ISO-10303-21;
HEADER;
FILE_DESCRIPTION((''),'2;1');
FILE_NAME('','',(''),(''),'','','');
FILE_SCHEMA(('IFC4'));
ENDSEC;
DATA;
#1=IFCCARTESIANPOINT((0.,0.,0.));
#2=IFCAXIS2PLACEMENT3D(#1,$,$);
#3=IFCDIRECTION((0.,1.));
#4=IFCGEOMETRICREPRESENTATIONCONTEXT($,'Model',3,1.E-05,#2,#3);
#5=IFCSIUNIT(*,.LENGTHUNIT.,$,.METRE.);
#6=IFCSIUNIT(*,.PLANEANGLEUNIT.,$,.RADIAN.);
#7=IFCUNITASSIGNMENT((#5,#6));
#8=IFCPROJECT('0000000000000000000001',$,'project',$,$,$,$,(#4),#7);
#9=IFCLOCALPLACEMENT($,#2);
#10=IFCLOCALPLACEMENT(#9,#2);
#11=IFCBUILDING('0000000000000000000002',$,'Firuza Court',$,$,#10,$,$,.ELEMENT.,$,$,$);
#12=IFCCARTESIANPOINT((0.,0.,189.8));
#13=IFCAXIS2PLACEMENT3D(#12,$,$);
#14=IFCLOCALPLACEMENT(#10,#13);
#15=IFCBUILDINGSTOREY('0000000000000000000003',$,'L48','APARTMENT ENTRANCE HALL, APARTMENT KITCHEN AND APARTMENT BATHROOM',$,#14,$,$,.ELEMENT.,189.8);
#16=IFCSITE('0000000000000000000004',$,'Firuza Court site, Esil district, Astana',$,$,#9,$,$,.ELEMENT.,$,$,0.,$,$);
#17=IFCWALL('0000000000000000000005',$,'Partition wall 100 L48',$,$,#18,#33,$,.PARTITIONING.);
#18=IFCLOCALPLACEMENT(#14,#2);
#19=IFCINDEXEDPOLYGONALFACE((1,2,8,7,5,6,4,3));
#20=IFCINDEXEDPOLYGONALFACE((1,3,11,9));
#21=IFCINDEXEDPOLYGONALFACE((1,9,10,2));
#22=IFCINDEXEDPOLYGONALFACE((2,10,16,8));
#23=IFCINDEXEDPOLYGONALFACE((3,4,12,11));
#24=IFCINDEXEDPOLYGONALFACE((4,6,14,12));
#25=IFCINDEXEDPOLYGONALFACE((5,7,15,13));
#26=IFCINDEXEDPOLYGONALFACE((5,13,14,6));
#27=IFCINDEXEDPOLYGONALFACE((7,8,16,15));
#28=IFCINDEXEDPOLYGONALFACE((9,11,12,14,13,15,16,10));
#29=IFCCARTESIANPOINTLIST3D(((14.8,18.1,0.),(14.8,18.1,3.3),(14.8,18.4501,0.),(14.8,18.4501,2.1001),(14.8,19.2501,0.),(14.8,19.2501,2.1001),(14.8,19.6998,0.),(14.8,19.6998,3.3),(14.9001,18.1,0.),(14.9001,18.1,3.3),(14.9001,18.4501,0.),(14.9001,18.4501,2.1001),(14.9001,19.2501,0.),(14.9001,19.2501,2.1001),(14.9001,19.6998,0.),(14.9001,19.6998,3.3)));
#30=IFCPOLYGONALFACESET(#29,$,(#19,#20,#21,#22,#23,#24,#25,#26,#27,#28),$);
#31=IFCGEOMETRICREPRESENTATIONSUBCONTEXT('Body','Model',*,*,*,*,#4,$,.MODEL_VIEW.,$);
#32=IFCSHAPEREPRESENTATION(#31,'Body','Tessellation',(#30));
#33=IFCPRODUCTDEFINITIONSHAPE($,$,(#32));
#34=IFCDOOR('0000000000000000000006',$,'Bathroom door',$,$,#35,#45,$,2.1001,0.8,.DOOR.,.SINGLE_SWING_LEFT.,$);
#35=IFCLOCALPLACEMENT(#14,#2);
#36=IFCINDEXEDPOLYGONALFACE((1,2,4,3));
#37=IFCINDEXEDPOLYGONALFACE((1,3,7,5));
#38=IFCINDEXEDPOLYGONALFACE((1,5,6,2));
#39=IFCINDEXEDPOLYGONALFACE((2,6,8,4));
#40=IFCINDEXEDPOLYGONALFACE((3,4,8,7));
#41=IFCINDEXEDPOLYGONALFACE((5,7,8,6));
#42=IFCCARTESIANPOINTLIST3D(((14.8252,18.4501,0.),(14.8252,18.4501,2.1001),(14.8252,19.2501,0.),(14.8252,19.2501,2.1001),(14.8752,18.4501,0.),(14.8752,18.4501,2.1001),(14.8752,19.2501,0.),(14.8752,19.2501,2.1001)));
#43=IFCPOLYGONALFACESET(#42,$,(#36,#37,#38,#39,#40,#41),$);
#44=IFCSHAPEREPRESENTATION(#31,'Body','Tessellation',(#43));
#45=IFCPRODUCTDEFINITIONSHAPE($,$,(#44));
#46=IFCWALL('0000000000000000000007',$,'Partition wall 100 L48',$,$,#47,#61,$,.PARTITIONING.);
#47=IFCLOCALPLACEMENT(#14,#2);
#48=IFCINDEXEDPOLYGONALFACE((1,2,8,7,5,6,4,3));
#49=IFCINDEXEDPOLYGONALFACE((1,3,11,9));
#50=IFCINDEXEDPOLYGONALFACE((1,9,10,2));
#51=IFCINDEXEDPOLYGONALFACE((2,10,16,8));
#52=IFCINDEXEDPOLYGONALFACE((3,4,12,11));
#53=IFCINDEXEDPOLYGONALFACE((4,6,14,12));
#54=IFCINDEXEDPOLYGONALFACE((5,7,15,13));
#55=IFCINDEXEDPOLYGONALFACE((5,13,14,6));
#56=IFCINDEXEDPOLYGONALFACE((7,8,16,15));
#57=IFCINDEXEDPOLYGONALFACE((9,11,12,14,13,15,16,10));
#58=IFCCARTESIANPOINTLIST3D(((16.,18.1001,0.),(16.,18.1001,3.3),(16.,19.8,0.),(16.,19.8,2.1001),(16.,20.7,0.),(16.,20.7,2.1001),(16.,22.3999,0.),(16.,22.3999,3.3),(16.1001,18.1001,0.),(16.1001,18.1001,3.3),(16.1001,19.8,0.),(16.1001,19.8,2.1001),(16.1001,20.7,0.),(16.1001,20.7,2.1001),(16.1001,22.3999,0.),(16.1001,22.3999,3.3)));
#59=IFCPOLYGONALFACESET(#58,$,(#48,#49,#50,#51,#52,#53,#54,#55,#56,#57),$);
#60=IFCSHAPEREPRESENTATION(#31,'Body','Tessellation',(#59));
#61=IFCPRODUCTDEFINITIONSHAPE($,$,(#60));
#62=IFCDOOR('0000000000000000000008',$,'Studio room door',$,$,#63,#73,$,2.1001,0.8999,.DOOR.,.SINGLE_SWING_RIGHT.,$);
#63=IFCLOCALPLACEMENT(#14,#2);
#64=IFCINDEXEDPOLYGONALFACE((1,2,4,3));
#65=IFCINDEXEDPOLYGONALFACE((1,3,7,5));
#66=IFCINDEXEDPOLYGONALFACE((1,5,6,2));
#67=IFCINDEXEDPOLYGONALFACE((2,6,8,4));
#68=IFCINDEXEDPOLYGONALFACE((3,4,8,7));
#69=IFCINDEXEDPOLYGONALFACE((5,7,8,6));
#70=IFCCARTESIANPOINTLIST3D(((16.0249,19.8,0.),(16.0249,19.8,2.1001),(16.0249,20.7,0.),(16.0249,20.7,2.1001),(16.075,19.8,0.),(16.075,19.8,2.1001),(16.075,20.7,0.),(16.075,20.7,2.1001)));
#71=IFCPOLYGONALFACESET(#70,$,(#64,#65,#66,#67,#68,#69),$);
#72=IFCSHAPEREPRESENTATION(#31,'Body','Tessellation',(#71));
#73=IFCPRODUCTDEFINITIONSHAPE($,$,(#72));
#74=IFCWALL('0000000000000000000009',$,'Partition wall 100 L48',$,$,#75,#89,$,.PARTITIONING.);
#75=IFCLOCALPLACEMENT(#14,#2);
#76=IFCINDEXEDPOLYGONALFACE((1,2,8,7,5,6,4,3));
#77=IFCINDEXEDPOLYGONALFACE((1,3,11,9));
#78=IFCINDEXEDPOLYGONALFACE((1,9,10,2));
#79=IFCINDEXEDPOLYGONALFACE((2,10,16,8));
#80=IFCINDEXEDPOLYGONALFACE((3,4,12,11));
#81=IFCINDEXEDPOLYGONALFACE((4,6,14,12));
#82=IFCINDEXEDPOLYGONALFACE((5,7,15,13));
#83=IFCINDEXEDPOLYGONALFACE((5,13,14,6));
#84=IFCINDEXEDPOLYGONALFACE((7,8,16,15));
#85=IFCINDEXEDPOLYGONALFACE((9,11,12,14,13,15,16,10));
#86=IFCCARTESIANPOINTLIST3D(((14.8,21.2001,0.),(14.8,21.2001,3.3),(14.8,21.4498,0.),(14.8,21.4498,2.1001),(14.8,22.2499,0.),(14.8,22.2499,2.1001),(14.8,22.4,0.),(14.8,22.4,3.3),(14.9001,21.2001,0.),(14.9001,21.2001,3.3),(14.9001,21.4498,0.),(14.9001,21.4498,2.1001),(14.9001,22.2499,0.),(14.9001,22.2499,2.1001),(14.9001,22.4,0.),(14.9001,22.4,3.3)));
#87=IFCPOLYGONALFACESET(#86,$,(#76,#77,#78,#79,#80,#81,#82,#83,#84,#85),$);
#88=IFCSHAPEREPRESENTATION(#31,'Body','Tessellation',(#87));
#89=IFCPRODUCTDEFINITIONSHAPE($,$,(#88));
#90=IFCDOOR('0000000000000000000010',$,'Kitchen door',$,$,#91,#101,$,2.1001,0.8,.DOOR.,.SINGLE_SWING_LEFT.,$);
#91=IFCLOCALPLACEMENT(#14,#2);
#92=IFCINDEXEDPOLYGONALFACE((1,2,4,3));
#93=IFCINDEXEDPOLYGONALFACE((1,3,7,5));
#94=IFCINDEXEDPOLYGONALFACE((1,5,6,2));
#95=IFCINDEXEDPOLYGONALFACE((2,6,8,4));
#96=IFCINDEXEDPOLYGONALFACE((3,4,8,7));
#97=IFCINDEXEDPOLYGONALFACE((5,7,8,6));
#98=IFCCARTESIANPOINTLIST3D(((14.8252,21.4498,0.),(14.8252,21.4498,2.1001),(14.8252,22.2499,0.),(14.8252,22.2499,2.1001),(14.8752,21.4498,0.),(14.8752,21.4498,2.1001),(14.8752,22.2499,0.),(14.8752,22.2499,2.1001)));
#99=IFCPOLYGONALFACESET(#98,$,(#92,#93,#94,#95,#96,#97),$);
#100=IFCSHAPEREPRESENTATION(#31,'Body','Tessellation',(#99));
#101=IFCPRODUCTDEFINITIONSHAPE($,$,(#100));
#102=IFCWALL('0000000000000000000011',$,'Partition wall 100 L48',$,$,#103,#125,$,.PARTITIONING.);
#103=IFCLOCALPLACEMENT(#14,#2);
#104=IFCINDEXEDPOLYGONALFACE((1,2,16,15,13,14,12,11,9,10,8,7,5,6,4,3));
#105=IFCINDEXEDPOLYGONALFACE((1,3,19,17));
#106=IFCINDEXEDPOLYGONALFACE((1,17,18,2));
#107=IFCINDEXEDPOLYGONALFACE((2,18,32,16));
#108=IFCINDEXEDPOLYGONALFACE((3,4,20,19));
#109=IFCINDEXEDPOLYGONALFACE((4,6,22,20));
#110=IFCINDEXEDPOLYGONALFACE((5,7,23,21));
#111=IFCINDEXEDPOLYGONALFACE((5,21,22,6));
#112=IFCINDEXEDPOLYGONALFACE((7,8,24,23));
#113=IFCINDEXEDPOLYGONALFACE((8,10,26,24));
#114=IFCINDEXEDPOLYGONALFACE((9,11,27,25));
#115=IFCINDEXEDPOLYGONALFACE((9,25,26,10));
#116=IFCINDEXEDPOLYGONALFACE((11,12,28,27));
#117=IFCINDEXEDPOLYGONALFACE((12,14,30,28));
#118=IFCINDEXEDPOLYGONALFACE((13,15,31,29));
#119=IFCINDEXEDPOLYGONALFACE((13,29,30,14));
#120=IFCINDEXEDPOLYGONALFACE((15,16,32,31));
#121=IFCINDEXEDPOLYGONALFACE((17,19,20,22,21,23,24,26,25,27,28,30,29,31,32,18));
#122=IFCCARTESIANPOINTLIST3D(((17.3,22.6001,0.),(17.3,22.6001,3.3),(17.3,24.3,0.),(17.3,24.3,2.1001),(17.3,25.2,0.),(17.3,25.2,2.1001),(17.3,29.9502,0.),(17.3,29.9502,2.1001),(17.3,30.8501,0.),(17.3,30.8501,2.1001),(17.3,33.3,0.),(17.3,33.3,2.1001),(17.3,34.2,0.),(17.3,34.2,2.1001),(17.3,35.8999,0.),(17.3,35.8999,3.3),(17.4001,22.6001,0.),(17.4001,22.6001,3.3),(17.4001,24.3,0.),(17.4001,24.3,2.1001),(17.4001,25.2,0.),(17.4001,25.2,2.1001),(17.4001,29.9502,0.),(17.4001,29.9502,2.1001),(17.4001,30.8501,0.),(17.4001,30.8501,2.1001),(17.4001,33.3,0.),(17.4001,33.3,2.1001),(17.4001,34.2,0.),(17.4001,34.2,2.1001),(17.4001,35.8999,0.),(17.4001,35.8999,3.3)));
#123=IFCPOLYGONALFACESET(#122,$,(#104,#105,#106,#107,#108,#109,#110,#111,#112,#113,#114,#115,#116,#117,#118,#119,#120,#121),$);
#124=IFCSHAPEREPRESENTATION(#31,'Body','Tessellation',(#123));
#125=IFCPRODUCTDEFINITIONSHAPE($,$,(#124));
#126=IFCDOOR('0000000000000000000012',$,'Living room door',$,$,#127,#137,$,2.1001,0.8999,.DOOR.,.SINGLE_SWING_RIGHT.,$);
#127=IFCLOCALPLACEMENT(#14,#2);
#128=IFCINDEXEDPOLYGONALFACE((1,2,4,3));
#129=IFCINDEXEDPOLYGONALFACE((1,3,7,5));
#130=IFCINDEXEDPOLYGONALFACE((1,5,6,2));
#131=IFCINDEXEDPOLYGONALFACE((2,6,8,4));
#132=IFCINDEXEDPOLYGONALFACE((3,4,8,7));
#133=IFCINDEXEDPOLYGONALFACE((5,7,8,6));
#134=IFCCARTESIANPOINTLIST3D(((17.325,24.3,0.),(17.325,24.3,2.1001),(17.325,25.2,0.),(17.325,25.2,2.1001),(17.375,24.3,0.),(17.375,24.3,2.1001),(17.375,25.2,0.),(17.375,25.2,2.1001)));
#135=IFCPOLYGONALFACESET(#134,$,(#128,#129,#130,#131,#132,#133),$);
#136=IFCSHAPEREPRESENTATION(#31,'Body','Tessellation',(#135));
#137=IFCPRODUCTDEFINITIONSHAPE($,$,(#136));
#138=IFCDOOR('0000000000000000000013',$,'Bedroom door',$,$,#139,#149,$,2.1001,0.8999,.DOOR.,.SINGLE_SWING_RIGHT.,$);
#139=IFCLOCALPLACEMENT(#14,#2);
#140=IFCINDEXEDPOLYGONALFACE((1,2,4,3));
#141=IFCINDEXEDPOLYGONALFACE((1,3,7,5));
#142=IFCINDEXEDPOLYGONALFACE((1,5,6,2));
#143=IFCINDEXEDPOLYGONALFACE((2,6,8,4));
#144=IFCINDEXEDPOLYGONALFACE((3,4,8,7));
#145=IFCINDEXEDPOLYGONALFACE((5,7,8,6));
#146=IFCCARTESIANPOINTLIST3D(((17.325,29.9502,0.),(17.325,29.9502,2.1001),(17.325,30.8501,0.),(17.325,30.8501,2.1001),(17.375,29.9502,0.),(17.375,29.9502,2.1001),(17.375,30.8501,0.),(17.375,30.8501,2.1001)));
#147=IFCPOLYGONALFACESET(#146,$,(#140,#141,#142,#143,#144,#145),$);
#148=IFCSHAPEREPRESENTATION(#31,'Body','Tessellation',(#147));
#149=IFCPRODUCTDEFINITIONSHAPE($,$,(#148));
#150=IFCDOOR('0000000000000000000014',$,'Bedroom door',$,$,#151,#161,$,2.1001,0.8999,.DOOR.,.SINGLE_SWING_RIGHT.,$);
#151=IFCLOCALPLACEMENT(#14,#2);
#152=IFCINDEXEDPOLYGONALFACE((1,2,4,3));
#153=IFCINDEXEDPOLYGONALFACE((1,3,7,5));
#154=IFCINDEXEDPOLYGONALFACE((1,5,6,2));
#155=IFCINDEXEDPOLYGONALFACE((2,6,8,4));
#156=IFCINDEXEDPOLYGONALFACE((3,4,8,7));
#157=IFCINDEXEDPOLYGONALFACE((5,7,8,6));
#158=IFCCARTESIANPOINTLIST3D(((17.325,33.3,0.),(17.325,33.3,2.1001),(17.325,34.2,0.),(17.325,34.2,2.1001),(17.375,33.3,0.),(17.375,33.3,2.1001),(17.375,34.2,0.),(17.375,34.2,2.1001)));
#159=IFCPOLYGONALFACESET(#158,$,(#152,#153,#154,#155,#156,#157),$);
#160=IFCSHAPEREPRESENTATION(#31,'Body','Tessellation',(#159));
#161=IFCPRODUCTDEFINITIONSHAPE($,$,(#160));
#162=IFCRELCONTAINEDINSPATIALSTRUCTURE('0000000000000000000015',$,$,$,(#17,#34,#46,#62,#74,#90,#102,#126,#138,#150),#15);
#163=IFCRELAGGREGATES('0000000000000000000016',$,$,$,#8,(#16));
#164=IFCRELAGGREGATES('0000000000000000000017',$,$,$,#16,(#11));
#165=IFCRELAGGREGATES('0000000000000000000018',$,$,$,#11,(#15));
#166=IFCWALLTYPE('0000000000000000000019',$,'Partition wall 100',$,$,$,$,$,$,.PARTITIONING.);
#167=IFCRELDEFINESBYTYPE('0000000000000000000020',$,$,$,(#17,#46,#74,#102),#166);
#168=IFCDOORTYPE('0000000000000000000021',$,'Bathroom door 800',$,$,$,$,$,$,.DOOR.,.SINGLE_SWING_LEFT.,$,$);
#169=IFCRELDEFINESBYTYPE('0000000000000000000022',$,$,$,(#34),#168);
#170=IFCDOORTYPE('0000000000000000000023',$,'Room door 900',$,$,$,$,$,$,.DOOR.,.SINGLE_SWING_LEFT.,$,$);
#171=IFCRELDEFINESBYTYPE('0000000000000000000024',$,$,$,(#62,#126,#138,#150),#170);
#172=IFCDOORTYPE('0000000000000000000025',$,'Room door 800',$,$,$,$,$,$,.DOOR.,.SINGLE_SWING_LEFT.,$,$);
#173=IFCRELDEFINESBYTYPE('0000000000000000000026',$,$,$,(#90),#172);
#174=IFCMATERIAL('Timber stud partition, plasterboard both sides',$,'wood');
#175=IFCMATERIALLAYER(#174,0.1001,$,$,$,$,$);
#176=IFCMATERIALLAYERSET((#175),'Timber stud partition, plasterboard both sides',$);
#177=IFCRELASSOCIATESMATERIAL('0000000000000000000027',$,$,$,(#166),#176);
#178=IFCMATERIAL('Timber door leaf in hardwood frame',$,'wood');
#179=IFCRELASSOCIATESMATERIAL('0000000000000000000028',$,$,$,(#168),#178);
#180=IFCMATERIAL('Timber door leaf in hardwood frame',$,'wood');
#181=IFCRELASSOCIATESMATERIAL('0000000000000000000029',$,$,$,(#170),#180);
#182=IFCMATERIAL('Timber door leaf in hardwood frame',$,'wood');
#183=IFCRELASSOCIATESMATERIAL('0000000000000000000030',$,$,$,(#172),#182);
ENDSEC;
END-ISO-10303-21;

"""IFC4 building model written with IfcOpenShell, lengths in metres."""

from ifc_helpers import new_model, si_unit, direction, frame, frame_2d, origin, place, context, subcontext, project, spatial, rectangle, extrude, material, layer, layer_set, type_object, element, fill, save


model = new_model("IFC4")

# Units and contexts
model_context = context("Model", 3, precision=1e-05, world=origin(), true_north=direction((0.0, 1.0)))
body_context = subcontext(model_context, "Body", "Model", "MODEL_VIEW")
ifc_project = project(units=[si_unit("LENGTHUNIT", "METRE"), si_unit("PLANEANGLEUNIT", "RADIAN")], contexts=[model_context])

# Site, building, storey
site_placement = place(None, origin())
site = spatial("IfcSite", under=ifc_project, at=site_placement, Name="Firuza Court site, Esil district, Astana", CompositionType="ELEMENT", RefElevation=0.0)
building_placement = place(site_placement, origin())
building = spatial("IfcBuilding", under=site, at=building_placement, Name="Firuza Court", CompositionType="ELEMENT")
storey_placement = place(building_placement, frame((0.0, 0.0, 189.8)))
storey = spatial("IfcBuildingStorey", under=building, at=storey_placement, Name="L48", Description="APARTMENT ENTRANCE HALL, APARTMENT KITCHEN AND APARTMENT BATHROOM", CompositionType="ELEMENT", Elevation=189.8)

# Walls, openings, doors
ifc_material_1 = material(Name="Timber stud partition, plasterboard both sides", Category="wood")
ifc_layer_1 = layer(ifc_material_1, 0.1001)
ifc_layer_set_1 = layer_set([ifc_layer_1], Name="Timber stud partition, plasterboard both sides")
wall_type_1 = type_object("IfcWallType", Name="Partition wall 100", PredefinedType="PARTITIONING", material=ifc_layer_set_1)
wall_1_placement = place(storey_placement, frame((14.8501, 18.1001, 0.0), z_axis=(0.0, 0.0, 1.0), x_axis=(0.0, 1.0, 0.0)))
wall_1 = element("IfcWall", 1, at=wall_1_placement, inside=storey, type_object=wall_type_1, Name="Partition wall 100 L48", PredefinedType="PARTITIONING", context=body_context, shape_type="SweptSolid", body=[
    extrude(rectangle(XDim=1.5999, YDim=0.1001, at=frame_2d((0.7998, 0.0))), origin(), (0.0, 0.0, 1.0), 3.3),
])
opening_1_placement = place(wall_1_placement, frame((0.3501, 0.0, 0.0)))
opening_1 = element("IfcOpeningElement", 2, at=opening_1_placement, cuts=wall_1, PredefinedType="OPENING", context=body_context, shape_type="SweptSolid", body=[
    extrude(rectangle(XDim=0.8, YDim=2.1001, at=frame_2d((0.3999, 1.05))), frame((0.0, 0.062, 0.0), z_axis=(0.0, -1.0, 0.0), x_axis=(1.0, 0.0, 0.0)), (0.0, 0.0, 1.0), 0.124),
])
ifc_material_2 = material(Name="Timber door leaf in hardwood frame", Category="wood")
door_type_1 = type_object("IfcDoorType", Name="Bathroom door 800", OperationType="SINGLE_SWING_LEFT", PredefinedType="DOOR", material=ifc_material_2)
door_1_placement = place(opening_1_placement, origin())
door_1 = element("IfcDoor", 3, at=door_1_placement, inside=storey, type_object=door_type_1, Name="Bathroom door", OperationType="SINGLE_SWING_LEFT", OverallHeight=2.1001, OverallWidth=0.8, PredefinedType="DOOR", context=body_context, shape_type="SweptSolid", body=[
    extrude(rectangle(XDim=0.8, YDim=2.1001, at=frame_2d((0.3999, 1.05))), frame((0.0, 0.0249, 0.0), z_axis=(0.0, -1.0, 0.0), x_axis=(1.0, 0.0, 0.0)), (0.0, 0.0, 1.0), 0.05),
])
fill(opening_1, door_1)
wall_2_placement = place(storey_placement, frame((16.05, 18.1001, 0.0), z_axis=(0.0, 0.0, 1.0), x_axis=(0.0, 1.0, 0.0)))
wall_2 = element("IfcWall", 4, at=wall_2_placement, inside=storey, type_object=wall_type_1, Name="Partition wall 100 L48", PredefinedType="PARTITIONING", context=body_context, shape_type="SweptSolid", body=[
    extrude(rectangle(XDim=4.2998, YDim=0.1001, at=frame_2d((2.1499, 0.0))), origin(), (0.0, 0.0, 1.0), 3.3),
])
opening_2_placement = place(wall_2_placement, frame((1.7, 0.0, 0.0)))
opening_2 = element("IfcOpeningElement", 5, at=opening_2_placement, cuts=wall_2, PredefinedType="OPENING", context=body_context, shape_type="SweptSolid", body=[
    extrude(rectangle(XDim=0.8999, YDim=2.1001, at=frame_2d((0.45, 1.05))), frame((0.0, 0.062, 0.0), z_axis=(0.0, -1.0, 0.0), x_axis=(1.0, 0.0, 0.0)), (0.0, 0.0, 1.0), 0.124),
])
ifc_material_3 = material(Name="Timber door leaf in hardwood frame", Category="wood")
door_type_2 = type_object("IfcDoorType", Name="Room door 900", OperationType="SINGLE_SWING_LEFT", PredefinedType="DOOR", material=ifc_material_3)
door_2_placement = place(opening_2_placement, frame((0.8999, 0.0, 0.0), z_axis=(0.0, 0.0, 1.0), x_axis=(-1.0, 0.0, 0.0)))
door_2 = element("IfcDoor", 6, at=door_2_placement, inside=storey, type_object=door_type_2, Name="Studio room door", OperationType="SINGLE_SWING_RIGHT", OverallHeight=2.1001, OverallWidth=0.8999, PredefinedType="DOOR", context=body_context, shape_type="SweptSolid", body=[
    extrude(rectangle(XDim=0.8999, YDim=2.1001, at=frame_2d((0.45, 1.05))), frame((0.0, 0.0249, 0.0), z_axis=(0.0, -1.0, 0.0), x_axis=(1.0, 0.0, 0.0)), (0.0, 0.0, 1.0), 0.05),
])
fill(opening_2, door_2)
wall_3_placement = place(storey_placement, frame((14.8501, 21.2, 0.0), z_axis=(0.0, 0.0, 1.0), x_axis=(0.0, 1.0, 0.0)))
wall_3 = element("IfcWall", 7, at=wall_3_placement, inside=storey, type_object=wall_type_1, Name="Partition wall 100 L48", PredefinedType="PARTITIONING", context=body_context, shape_type="SweptSolid", body=[
    extrude(rectangle(XDim=1.2, YDim=0.1001, at=frame_2d((0.6001, 0.0))), origin(), (0.0, 0.0, 1.0), 3.3),
])
opening_3_placement = place(wall_3_placement, frame((0.25, 0.0, 0.0)))
opening_3 = element("IfcOpeningElement", 8, at=opening_3_placement, cuts=wall_3, PredefinedType="OPENING", context=body_context, shape_type="SweptSolid", body=[
    extrude(rectangle(XDim=0.8, YDim=2.1001, at=frame_2d((0.3999, 1.05))), frame((0.0, 0.062, 0.0), z_axis=(0.0, -1.0, 0.0), x_axis=(1.0, 0.0, 0.0)), (0.0, 0.0, 1.0), 0.124),
])
ifc_material_4 = material(Name="Timber door leaf in hardwood frame", Category="wood")
door_type_3 = type_object("IfcDoorType", Name="Room door 800", OperationType="SINGLE_SWING_LEFT", PredefinedType="DOOR", material=ifc_material_4)
door_3_placement = place(opening_3_placement, origin())
door_3 = element("IfcDoor", 9, at=door_3_placement, inside=storey, type_object=door_type_3, Name="Kitchen door", OperationType="SINGLE_SWING_LEFT", OverallHeight=2.1001, OverallWidth=0.8, PredefinedType="DOOR", context=body_context, shape_type="SweptSolid", body=[
    extrude(rectangle(XDim=0.8, YDim=2.1001, at=frame_2d((0.3999, 1.05))), frame((0.0, 0.0249, 0.0), z_axis=(0.0, -1.0, 0.0), x_axis=(1.0, 0.0, 0.0)), (0.0, 0.0, 1.0), 0.05),
])
fill(opening_3, door_3)

# Wall, openings, doors
wall_4_placement = place(storey_placement, frame((17.3501, 22.6001, 0.0), z_axis=(0.0, 0.0, 1.0), x_axis=(0.0, 1.0, 0.0)))
wall_4 = element("IfcWall", 10, at=wall_4_placement, inside=storey, type_object=wall_type_1, Name="Partition wall 100 L48", PredefinedType="PARTITIONING", context=body_context, shape_type="SweptSolid", body=[
    extrude(rectangle(XDim=13.2998, YDim=0.1001, at=frame_2d((6.6499, 0.0))), origin(), (0.0, 0.0, 1.0), 3.3),
])
opening_4_placement = place(wall_4_placement, frame((1.7, 0.0, 0.0)))
opening_4 = element("IfcOpeningElement", 11, at=opening_4_placement, cuts=wall_4, PredefinedType="OPENING", context=body_context, shape_type="SweptSolid", body=[
    extrude(rectangle(XDim=0.8999, YDim=2.1001, at=frame_2d((0.45, 1.05))), frame((0.0, 0.062, 0.0), z_axis=(0.0, -1.0, 0.0), x_axis=(1.0, 0.0, 0.0)), (0.0, 0.0, 1.0), 0.124),
])
opening_5_placement = place(wall_4_placement, frame((7.3501, 0.0, 0.0)))
opening_5 = element("IfcOpeningElement", 12, at=opening_5_placement, cuts=wall_4, PredefinedType="OPENING", context=body_context, shape_type="SweptSolid", body=[
    extrude(rectangle(XDim=0.8999, YDim=2.1001, at=frame_2d((0.45, 1.05))), frame((0.0, 0.062, 0.0), z_axis=(0.0, -1.0, 0.0), x_axis=(1.0, 0.0, 0.0)), (0.0, 0.0, 1.0), 0.124),
])
opening_6_placement = place(wall_4_placement, frame((10.7, 0.0, 0.0)))
opening_6 = element("IfcOpeningElement", 13, at=opening_6_placement, cuts=wall_4, PredefinedType="OPENING", context=body_context, shape_type="SweptSolid", body=[
    extrude(rectangle(XDim=0.8999, YDim=2.1001, at=frame_2d((0.45, 1.05))), frame((0.0, 0.062, 0.0), z_axis=(0.0, -1.0, 0.0), x_axis=(1.0, 0.0, 0.0)), (0.0, 0.0, 1.0), 0.124),
])
door_4_placement = place(opening_4_placement, frame((0.8999, 0.0, 0.0), z_axis=(0.0, 0.0, 1.0), x_axis=(-1.0, 0.0, 0.0)))
door_4 = element("IfcDoor", 14, at=door_4_placement, inside=storey, type_object=door_type_2, Name="Living room door", OperationType="SINGLE_SWING_RIGHT", OverallHeight=2.1001, OverallWidth=0.8999, PredefinedType="DOOR", context=body_context, shape_type="SweptSolid", body=[
    extrude(rectangle(XDim=0.8999, YDim=2.1001, at=frame_2d((0.45, 1.05))), frame((0.0, 0.0249, 0.0), z_axis=(0.0, -1.0, 0.0), x_axis=(1.0, 0.0, 0.0)), (0.0, 0.0, 1.0), 0.05),
])
fill(opening_4, door_4)
door_5_placement = place(opening_5_placement, frame((0.8999, 0.0, 0.0), z_axis=(0.0, 0.0, 1.0), x_axis=(-1.0, 0.0, 0.0)))
door_5 = element("IfcDoor", 15, at=door_5_placement, inside=storey, type_object=door_type_2, Name="Bedroom door", OperationType="SINGLE_SWING_RIGHT", OverallHeight=2.1001, OverallWidth=0.8999, PredefinedType="DOOR", context=body_context, shape_type="SweptSolid", body=[
    extrude(rectangle(XDim=0.8999, YDim=2.1001, at=frame_2d((0.45, 1.05))), frame((0.0, 0.0249, 0.0), z_axis=(0.0, -1.0, 0.0), x_axis=(1.0, 0.0, 0.0)), (0.0, 0.0, 1.0), 0.05),
])
fill(opening_5, door_5)
door_6_placement = place(opening_6_placement, frame((0.8999, 0.0, 0.0), z_axis=(0.0, 0.0, 1.0), x_axis=(-1.0, 0.0, 0.0)))
door_6 = element("IfcDoor", 16, at=door_6_placement, inside=storey, type_object=door_type_2, Name="Bedroom door", OperationType="SINGLE_SWING_RIGHT", OverallHeight=2.1001, OverallWidth=0.8999, PredefinedType="DOOR", context=body_context, shape_type="SweptSolid", body=[
    extrude(rectangle(XDim=0.8999, YDim=2.1001, at=frame_2d((0.45, 1.05))), frame((0.0, 0.0249, 0.0), z_axis=(0.0, -1.0, 0.0), x_axis=(1.0, 0.0, 0.0)), (0.0, 0.0, 1.0), 0.05),
])
fill(opening_6, door_6)

save(model, "model.ifc")
